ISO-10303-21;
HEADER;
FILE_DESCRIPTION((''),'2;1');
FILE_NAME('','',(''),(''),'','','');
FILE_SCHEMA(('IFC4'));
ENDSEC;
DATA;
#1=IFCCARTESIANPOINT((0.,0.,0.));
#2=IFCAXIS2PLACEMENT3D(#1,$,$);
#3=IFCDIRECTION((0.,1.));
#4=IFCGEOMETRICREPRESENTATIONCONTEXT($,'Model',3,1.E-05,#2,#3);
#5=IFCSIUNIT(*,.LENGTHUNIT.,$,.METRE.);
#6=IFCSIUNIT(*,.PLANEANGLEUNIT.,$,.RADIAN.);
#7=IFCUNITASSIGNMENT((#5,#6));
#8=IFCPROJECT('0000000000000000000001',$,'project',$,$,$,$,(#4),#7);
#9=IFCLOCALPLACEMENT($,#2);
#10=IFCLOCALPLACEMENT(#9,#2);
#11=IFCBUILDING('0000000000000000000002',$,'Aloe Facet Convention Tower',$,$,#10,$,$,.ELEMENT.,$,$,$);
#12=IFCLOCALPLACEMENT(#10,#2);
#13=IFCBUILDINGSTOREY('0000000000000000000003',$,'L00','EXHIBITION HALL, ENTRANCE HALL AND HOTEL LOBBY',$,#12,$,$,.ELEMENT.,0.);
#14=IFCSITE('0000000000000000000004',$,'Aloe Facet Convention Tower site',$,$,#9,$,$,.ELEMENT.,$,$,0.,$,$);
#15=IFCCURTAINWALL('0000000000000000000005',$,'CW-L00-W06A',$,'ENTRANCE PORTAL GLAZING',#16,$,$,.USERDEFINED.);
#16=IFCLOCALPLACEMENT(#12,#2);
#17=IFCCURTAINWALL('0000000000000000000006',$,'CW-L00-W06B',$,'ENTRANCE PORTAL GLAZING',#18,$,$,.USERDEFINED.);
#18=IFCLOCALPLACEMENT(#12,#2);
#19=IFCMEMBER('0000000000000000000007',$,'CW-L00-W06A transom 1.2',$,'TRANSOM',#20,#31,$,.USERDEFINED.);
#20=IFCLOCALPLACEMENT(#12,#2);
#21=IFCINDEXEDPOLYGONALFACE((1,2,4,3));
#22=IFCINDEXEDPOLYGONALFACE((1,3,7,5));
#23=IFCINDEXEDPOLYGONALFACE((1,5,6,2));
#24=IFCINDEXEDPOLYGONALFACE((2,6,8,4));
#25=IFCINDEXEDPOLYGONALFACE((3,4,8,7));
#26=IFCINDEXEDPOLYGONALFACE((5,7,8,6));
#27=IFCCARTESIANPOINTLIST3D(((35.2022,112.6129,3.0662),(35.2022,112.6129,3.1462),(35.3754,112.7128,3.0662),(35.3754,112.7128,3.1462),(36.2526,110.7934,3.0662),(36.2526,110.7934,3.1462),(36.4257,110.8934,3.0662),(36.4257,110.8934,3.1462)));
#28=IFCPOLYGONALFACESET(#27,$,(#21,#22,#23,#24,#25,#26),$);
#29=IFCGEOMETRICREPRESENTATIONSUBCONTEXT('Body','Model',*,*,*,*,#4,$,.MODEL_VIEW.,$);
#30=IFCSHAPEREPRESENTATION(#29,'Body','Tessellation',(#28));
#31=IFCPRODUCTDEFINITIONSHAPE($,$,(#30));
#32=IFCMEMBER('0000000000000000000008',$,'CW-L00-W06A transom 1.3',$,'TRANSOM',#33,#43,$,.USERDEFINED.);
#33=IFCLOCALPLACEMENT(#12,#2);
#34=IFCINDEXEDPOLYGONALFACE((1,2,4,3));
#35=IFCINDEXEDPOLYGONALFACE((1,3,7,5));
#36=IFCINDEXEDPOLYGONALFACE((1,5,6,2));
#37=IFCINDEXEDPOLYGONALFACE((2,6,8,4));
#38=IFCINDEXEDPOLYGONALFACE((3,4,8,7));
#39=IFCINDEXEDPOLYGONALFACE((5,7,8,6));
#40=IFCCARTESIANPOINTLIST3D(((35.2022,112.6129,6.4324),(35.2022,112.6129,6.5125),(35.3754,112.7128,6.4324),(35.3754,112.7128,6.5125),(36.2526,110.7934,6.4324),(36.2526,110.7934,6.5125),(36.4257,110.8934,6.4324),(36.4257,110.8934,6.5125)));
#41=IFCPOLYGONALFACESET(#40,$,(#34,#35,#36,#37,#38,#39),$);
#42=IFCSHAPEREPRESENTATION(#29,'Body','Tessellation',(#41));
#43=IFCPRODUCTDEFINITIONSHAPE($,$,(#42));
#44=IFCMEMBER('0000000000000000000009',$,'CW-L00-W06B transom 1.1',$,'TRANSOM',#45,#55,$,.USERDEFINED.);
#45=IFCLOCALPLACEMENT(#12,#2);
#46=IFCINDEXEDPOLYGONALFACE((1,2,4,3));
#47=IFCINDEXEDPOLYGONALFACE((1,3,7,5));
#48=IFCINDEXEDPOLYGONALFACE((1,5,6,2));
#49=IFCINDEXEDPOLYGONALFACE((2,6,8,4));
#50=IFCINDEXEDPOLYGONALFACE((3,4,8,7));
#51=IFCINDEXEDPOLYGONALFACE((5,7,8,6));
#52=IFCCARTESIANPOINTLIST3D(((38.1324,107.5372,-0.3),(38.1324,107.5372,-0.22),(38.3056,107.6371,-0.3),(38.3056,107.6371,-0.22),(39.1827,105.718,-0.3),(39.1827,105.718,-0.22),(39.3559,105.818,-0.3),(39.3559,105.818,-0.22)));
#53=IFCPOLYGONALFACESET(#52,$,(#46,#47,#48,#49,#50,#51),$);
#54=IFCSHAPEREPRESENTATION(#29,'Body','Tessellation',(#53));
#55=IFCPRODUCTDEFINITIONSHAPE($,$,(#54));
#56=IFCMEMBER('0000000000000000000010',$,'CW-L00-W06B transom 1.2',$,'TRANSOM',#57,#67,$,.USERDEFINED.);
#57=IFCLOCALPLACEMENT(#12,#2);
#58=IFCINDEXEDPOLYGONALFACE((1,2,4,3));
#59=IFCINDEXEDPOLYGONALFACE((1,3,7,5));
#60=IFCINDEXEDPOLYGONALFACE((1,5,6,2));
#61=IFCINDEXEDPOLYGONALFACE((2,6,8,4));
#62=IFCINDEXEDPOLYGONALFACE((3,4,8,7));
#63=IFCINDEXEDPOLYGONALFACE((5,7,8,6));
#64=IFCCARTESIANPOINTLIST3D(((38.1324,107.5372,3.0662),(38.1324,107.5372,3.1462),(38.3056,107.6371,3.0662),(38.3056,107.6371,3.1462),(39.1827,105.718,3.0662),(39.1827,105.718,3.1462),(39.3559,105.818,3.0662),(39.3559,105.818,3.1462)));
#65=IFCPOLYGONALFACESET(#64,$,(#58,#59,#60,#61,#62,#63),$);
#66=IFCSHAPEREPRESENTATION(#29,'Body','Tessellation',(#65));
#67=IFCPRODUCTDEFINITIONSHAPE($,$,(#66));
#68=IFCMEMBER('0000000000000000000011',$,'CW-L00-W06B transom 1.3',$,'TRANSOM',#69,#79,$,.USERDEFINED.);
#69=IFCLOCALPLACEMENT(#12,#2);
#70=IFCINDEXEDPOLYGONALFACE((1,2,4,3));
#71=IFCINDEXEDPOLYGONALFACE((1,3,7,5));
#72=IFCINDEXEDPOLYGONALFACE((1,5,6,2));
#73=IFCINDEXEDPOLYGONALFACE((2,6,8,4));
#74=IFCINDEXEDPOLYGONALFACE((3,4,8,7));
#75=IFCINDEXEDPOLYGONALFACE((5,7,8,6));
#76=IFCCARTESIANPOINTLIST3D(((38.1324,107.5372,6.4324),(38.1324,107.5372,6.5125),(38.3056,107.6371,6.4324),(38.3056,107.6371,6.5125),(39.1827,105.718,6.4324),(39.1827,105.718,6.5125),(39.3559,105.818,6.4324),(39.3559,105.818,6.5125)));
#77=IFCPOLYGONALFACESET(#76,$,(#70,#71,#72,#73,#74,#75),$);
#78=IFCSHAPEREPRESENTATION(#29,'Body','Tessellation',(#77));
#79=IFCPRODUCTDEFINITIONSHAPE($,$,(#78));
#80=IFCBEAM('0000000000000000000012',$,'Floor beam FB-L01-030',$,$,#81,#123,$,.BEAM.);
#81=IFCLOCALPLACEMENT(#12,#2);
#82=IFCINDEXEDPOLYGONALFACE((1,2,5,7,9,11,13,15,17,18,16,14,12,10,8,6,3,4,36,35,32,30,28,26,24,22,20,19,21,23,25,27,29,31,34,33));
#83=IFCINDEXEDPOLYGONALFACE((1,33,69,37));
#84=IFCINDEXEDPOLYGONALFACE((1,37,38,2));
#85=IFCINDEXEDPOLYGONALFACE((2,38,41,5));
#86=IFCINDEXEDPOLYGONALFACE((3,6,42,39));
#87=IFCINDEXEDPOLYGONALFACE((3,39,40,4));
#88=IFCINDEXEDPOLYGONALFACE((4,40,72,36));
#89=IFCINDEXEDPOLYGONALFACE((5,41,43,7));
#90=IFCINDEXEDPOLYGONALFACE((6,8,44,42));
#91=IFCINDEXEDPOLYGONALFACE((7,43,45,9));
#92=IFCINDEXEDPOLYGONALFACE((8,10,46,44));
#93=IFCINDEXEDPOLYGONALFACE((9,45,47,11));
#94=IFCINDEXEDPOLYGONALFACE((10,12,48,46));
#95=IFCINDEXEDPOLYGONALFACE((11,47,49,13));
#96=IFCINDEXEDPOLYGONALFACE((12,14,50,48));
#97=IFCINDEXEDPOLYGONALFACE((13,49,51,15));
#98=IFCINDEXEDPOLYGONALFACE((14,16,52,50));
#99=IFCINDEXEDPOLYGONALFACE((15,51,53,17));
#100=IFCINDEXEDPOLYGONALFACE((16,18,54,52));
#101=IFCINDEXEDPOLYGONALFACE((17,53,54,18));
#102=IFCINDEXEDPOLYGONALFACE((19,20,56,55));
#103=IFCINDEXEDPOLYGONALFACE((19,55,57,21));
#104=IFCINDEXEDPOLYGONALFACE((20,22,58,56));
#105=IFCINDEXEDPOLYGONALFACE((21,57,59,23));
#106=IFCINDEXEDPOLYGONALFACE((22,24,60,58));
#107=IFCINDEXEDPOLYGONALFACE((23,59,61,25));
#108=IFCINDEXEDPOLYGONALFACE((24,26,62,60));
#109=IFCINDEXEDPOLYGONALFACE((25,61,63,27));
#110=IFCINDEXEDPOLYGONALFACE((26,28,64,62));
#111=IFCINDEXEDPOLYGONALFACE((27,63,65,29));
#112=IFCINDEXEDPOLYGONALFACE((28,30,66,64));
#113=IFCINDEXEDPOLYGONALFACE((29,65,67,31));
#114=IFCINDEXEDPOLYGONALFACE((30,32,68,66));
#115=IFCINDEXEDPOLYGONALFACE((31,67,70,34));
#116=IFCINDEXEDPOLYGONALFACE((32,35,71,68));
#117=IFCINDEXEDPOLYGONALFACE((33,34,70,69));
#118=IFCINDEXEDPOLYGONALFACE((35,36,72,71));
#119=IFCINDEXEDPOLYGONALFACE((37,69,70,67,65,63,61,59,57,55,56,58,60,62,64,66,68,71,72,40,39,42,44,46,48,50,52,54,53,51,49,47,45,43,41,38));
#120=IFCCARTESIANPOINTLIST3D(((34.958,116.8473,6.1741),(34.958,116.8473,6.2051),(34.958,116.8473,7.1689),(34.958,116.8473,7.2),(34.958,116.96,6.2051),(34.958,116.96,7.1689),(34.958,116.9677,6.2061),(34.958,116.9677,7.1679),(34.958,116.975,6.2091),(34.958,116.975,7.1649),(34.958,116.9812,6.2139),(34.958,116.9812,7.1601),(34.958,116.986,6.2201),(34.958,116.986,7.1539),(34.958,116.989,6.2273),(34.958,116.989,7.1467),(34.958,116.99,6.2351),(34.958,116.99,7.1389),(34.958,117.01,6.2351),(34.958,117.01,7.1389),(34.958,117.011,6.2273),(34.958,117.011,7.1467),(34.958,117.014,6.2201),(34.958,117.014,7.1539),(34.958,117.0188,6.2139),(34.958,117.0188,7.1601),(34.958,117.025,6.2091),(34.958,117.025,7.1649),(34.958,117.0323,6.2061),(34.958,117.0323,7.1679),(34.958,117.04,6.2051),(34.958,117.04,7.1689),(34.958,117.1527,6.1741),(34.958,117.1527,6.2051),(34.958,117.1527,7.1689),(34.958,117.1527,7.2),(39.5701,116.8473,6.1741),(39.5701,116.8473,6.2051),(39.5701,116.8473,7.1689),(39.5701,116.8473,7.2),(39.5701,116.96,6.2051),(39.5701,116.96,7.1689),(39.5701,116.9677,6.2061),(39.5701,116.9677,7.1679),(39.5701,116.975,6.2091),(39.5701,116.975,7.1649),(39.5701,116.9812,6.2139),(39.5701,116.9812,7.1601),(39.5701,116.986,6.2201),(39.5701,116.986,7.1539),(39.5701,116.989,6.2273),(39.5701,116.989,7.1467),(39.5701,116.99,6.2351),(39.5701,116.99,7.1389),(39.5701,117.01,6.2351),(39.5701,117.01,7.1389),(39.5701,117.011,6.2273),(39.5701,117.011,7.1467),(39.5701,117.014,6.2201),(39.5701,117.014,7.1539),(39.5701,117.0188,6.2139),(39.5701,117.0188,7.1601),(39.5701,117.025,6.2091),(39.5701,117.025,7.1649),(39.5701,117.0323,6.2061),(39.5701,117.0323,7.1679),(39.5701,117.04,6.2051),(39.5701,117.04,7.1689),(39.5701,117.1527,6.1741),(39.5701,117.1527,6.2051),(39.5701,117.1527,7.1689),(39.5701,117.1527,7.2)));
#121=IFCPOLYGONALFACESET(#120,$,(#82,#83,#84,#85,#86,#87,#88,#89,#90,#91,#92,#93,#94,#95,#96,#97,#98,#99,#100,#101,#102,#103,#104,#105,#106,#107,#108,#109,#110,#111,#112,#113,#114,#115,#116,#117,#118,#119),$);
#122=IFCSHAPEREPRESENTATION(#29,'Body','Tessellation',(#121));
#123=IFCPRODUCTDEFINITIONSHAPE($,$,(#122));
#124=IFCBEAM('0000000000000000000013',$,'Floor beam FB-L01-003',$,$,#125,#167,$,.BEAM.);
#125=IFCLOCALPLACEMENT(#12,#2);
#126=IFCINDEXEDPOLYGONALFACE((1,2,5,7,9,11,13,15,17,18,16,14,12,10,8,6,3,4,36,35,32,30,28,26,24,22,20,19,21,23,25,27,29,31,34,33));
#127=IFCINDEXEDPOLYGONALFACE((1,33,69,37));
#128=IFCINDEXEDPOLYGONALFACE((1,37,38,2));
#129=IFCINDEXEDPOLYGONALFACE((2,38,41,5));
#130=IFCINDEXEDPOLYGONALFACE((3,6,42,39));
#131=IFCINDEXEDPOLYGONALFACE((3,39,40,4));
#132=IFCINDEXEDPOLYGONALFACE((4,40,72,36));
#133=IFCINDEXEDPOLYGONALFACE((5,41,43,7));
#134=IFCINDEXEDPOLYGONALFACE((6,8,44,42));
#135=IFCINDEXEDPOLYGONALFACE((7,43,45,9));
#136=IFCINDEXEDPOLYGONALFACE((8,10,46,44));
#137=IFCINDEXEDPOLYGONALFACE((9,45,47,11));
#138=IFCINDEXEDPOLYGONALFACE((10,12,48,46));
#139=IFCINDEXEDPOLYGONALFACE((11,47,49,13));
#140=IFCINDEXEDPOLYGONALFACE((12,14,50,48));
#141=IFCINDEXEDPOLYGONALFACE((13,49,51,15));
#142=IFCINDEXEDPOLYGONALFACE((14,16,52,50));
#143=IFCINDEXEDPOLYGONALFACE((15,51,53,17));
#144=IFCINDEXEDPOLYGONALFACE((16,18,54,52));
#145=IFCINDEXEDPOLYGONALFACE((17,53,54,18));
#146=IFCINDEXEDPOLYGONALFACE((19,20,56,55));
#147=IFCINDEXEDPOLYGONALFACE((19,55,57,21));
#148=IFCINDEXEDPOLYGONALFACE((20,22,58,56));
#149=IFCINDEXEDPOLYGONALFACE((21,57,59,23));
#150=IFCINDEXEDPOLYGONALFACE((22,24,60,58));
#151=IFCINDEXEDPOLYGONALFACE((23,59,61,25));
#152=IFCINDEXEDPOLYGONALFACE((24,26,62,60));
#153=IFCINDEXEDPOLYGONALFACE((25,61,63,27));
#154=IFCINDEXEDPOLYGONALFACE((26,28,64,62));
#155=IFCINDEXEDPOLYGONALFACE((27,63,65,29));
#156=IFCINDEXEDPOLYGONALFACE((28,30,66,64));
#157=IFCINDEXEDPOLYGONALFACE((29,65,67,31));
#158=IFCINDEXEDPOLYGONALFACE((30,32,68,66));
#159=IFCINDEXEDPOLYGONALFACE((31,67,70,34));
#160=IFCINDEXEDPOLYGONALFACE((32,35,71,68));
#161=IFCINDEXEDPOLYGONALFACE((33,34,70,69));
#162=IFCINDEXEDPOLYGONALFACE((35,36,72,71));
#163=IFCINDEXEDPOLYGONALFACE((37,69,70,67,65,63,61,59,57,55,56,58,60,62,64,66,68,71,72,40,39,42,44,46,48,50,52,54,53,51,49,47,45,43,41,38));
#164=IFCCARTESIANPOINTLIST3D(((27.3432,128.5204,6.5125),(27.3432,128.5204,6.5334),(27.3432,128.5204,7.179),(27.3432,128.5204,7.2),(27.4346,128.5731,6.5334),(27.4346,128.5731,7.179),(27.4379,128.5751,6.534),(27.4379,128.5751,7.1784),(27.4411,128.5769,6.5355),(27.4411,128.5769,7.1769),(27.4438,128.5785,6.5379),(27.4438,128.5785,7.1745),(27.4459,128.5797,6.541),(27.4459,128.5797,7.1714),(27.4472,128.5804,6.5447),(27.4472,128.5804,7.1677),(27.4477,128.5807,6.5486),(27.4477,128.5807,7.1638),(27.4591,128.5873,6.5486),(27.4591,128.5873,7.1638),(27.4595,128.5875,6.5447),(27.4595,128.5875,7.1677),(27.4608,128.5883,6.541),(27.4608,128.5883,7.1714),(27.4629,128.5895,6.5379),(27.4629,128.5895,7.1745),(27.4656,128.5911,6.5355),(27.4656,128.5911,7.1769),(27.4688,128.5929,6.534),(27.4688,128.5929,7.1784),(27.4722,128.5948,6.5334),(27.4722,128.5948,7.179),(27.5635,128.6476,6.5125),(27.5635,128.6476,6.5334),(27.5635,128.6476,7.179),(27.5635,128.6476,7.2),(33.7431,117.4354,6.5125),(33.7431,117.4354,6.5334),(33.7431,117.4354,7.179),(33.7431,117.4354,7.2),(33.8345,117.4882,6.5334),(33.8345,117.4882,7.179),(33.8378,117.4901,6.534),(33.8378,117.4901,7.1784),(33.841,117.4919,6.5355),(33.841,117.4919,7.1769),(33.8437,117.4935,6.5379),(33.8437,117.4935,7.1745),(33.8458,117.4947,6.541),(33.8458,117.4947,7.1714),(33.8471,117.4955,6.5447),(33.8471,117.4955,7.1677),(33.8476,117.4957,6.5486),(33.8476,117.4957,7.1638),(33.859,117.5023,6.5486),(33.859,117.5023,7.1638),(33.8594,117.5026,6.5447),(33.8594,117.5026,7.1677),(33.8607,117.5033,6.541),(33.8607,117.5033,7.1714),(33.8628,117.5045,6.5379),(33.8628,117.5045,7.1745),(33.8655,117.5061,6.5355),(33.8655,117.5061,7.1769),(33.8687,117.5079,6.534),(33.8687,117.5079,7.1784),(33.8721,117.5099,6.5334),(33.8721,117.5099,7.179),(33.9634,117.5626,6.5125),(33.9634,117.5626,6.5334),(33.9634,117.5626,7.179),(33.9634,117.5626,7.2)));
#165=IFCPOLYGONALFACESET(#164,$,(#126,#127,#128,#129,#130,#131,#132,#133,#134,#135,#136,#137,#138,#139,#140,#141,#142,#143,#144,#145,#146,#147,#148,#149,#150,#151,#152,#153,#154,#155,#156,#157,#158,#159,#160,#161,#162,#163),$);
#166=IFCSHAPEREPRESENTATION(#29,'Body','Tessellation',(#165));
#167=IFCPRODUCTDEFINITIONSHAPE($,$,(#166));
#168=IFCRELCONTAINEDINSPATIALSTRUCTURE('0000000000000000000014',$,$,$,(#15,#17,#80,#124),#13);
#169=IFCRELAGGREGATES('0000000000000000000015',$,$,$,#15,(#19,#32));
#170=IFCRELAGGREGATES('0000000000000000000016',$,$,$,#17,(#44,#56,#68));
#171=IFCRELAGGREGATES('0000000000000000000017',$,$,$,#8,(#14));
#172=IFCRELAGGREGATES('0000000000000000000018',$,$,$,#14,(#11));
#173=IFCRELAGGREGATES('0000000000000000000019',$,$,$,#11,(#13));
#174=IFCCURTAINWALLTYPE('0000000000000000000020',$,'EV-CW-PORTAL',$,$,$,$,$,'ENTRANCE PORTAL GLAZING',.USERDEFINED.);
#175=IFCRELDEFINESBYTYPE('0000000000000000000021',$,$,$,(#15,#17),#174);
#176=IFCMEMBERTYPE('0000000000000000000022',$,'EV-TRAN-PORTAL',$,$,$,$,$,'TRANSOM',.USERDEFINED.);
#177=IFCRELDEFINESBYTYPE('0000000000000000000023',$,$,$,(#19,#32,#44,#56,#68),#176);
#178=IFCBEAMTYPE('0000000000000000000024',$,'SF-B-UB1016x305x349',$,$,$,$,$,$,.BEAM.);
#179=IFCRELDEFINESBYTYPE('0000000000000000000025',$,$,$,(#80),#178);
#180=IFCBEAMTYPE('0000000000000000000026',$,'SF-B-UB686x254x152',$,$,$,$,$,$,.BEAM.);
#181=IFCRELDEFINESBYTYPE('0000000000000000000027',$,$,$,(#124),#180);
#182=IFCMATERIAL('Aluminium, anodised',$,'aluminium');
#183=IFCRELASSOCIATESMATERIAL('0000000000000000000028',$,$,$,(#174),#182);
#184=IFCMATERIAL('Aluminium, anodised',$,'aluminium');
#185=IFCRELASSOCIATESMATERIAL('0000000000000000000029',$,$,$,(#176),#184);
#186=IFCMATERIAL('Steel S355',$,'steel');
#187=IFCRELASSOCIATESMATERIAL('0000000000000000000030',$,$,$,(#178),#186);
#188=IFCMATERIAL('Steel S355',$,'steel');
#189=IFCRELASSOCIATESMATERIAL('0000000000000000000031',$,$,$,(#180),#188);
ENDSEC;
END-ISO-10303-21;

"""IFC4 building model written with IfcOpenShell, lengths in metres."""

from ifc_helpers import new_model, si_unit, direction, frame, origin, origin_2d, place, context, subcontext, project, spatial, rectangle, i_section, extrude, material, material_profile, profile_set, type_object, element, aggregate, save


model = new_model("IFC4")

# Units and contexts
model_context = context("Model", 3, precision=1e-05, world=origin(), true_north=direction((0.0, 1.0)))
body_context = subcontext(model_context, "Body", "Model", "MODEL_VIEW")
ifc_project = project(units=[si_unit("LENGTHUNIT", "METRE"), si_unit("PLANEANGLEUNIT", "RADIAN")], contexts=[model_context])

# Site, building, storey
site_placement = place(None, origin())
site = spatial("IfcSite", under=ifc_project, at=site_placement, Name="Aloe Facet Convention Tower site", CompositionType="ELEMENT", RefElevation=0.0)
building_placement = place(site_placement, origin())
building = spatial("IfcBuilding", under=site, at=building_placement, Name="Aloe Facet Convention Tower", CompositionType="ELEMENT")
storey_placement = place(building_placement, origin())
storey = spatial("IfcBuildingStorey", under=building, at=storey_placement, Name="L00", Description="EXHIBITION HALL, ENTRANCE HALL AND HOTEL LOBBY", CompositionType="ELEMENT", Elevation=0.0)

# Curtain wall
ifc_material_1 = material(Name="Aluminium, anodised", Category="aluminium")
curtain_wall_type = type_object("IfcCurtainWallType", Name="EV-CW-PORTAL", ElementType="ENTRANCE PORTAL GLAZING", PredefinedType="USERDEFINED", material=ifc_material_1)
curtain_wall_1_placement = place(storey_placement, origin())
curtain_wall_1 = element("IfcCurtainWall", 1, at=curtain_wall_1_placement, inside=storey, type_object=curtain_wall_type, Name="CW-L00-W06A", ObjectType="ENTRANCE PORTAL GLAZING", PredefinedType="USERDEFINED")

# Curtain wall
curtain_wall_2_placement = place(storey_placement, origin())
curtain_wall_2 = element("IfcCurtainWall", 2, at=curtain_wall_2_placement, inside=storey, type_object=curtain_wall_type, Name="CW-L00-W06B", ObjectType="ENTRANCE PORTAL GLAZING", PredefinedType="USERDEFINED")

# Members
ifc_material_2 = material(Name="Aluminium, anodised", Category="aluminium")
ifc_material_profile_1 = material_profile(ifc_material_2, rectangle(XDim=0.2, YDim=0.0801, at=origin_2d()), Name="AL 200x80")
ifc_profile_set_1 = profile_set([ifc_material_profile_1], Name="Aluminium, anodised")
member_type_1 = type_object("IfcMemberType", Name="EV-TRAN-PORTAL", ElementType="TRANSOM", PredefinedType="USERDEFINED", material=ifc_profile_set_1)
member_1_placement = place(storey_placement, frame((35.2888, 112.6628, 3.1062), z_axis=(0.499964, -0.866046, 0.0), x_axis=(0.866046, 0.499964, 0.0)))
member_1 = element("IfcMember", 3, at=member_1_placement, type_object=member_type_1, Name="CW-L00-W06A transom 1.2", ObjectType="TRANSOM", PredefinedType="USERDEFINED", context=body_context, shape_type="SweptSolid", body=[
    extrude(rectangle(XDim=0.2, YDim=0.0801, at=origin_2d()), origin(), (0.0, 0.0, 1.0), 2.1008),
])
member_2_placement = place(storey_placement, frame((35.2888, 112.6628, 6.4724), z_axis=(0.499964, -0.866046, 0.0), x_axis=(0.866046, 0.499964, 0.0)))
member_2 = element("IfcMember", 4, at=member_2_placement, type_object=member_type_1, Name="CW-L00-W06A transom 1.3", ObjectType="TRANSOM", PredefinedType="USERDEFINED", context=body_context, shape_type="SweptSolid", body=[
    extrude(rectangle(XDim=0.2, YDim=0.0801, at=origin_2d()), origin(), (0.0, 0.0, 1.0), 2.1008),
])
member_3_placement = place(storey_placement, frame((38.219, 107.5872, -0.26), z_axis=(0.500014, -0.866017, 0.0), x_axis=(0.866017, 0.500014, 0.0)))
member_3 = element("IfcMember", 5, at=member_3_placement, type_object=member_type_1, Name="CW-L00-W06B transom 1.1", ObjectType="TRANSOM", PredefinedType="USERDEFINED", context=body_context, shape_type="SweptSolid", body=[
    extrude(rectangle(XDim=0.2, YDim=0.0801, at=origin_2d()), origin(), (0.0, 0.0, 1.0), 2.1006),
])
member_4_placement = place(storey_placement, frame((38.219, 107.5872, 3.1062), z_axis=(0.500014, -0.866017, 0.0), x_axis=(0.866017, 0.500014, 0.0)))
member_4 = element("IfcMember", 6, at=member_4_placement, type_object=member_type_1, Name="CW-L00-W06B transom 1.2", ObjectType="TRANSOM", PredefinedType="USERDEFINED", context=body_context, shape_type="SweptSolid", body=[
    extrude(rectangle(XDim=0.2, YDim=0.0801, at=origin_2d()), origin(), (0.0, 0.0, 1.0), 2.1006),
])
member_5_placement = place(storey_placement, frame((38.219, 107.5872, 6.4724), z_axis=(0.500014, -0.866017, 0.0), x_axis=(0.866017, 0.500014, 0.0)))
member_5 = element("IfcMember", 7, at=member_5_placement, type_object=member_type_1, Name="CW-L00-W06B transom 1.3", ObjectType="TRANSOM", PredefinedType="USERDEFINED", context=body_context, shape_type="SweptSolid", body=[
    extrude(rectangle(XDim=0.2, YDim=0.0801, at=origin_2d()), origin(), (0.0, 0.0, 1.0), 2.1006),
])

# Beams
ifc_material_3 = material(Name="Steel S355", Category="steel")
ifc_material_profile_2 = material_profile(ifc_material_3, i_section(OverallWidth=0.3054, OverallDepth=1.0259, WebThickness=0.02, FlangeThickness=0.031, FilletRadius=0.03, at=origin_2d()), Name="UB 1016x305x349")
ifc_profile_set_2 = profile_set([ifc_material_profile_2], Name="Steel S355")
beam_type_1 = type_object("IfcBeamType", Name="SF-B-UB1016x305x349", PredefinedType="BEAM", material=ifc_profile_set_2)
beam_1_placement = place(storey_placement, frame((34.958, 117.0, 6.687), z_axis=(1.0, 0.0, 0.0), x_axis=(0.0, 1.0, 0.0)))
element("IfcBeam", 8, at=beam_1_placement, inside=storey, type_object=beam_type_1, Name="Floor beam FB-L01-030", PredefinedType="BEAM", context=body_context, shape_type="SweptSolid", body=[
    extrude(i_section(OverallWidth=0.3054, OverallDepth=1.0259, WebThickness=0.02, FlangeThickness=0.031, FilletRadius=0.03, at=origin_2d()), origin(), (0.0, 0.0, 1.0), 4.6121),
])
ifc_material_4 = material(Name="Steel S355", Category="steel")
ifc_material_profile_3 = material_profile(ifc_material_4, i_section(OverallWidth=0.2544, OverallDepth=0.6875, WebThickness=0.0132, FlangeThickness=0.021, FilletRadius=0.0151, at=origin_2d()), Name="UB 686x254x152")
ifc_profile_set_3 = profile_set([ifc_material_profile_3], Name="Steel S355")
beam_type_2 = type_object("IfcBeamType", Name="SF-B-UB686x254x152", PredefinedType="BEAM", material=ifc_profile_set_3)
beam_2_placement = place(storey_placement, frame((33.8533, 117.499, 6.8562), z_axis=(-0.5, 0.866025, 0.0), x_axis=(-0.866025, -0.5, 0.0)))
element("IfcBeam", 9, at=beam_2_placement, inside=storey, type_object=beam_type_2, Name="Floor beam FB-L01-003", PredefinedType="BEAM", context=body_context, shape_type="SweptSolid", body=[
    extrude(i_section(OverallWidth=0.2544, OverallDepth=0.6875, WebThickness=0.0132, FlangeThickness=0.021, FilletRadius=0.0151, at=origin_2d()), origin(), (0.0, 0.0, 1.0), 12.7998),
])

aggregate(curtain_wall_1, [member_1, member_2])
aggregate(curtain_wall_2, [member_3, member_4, member_5])

save(model, "model.ifc")
